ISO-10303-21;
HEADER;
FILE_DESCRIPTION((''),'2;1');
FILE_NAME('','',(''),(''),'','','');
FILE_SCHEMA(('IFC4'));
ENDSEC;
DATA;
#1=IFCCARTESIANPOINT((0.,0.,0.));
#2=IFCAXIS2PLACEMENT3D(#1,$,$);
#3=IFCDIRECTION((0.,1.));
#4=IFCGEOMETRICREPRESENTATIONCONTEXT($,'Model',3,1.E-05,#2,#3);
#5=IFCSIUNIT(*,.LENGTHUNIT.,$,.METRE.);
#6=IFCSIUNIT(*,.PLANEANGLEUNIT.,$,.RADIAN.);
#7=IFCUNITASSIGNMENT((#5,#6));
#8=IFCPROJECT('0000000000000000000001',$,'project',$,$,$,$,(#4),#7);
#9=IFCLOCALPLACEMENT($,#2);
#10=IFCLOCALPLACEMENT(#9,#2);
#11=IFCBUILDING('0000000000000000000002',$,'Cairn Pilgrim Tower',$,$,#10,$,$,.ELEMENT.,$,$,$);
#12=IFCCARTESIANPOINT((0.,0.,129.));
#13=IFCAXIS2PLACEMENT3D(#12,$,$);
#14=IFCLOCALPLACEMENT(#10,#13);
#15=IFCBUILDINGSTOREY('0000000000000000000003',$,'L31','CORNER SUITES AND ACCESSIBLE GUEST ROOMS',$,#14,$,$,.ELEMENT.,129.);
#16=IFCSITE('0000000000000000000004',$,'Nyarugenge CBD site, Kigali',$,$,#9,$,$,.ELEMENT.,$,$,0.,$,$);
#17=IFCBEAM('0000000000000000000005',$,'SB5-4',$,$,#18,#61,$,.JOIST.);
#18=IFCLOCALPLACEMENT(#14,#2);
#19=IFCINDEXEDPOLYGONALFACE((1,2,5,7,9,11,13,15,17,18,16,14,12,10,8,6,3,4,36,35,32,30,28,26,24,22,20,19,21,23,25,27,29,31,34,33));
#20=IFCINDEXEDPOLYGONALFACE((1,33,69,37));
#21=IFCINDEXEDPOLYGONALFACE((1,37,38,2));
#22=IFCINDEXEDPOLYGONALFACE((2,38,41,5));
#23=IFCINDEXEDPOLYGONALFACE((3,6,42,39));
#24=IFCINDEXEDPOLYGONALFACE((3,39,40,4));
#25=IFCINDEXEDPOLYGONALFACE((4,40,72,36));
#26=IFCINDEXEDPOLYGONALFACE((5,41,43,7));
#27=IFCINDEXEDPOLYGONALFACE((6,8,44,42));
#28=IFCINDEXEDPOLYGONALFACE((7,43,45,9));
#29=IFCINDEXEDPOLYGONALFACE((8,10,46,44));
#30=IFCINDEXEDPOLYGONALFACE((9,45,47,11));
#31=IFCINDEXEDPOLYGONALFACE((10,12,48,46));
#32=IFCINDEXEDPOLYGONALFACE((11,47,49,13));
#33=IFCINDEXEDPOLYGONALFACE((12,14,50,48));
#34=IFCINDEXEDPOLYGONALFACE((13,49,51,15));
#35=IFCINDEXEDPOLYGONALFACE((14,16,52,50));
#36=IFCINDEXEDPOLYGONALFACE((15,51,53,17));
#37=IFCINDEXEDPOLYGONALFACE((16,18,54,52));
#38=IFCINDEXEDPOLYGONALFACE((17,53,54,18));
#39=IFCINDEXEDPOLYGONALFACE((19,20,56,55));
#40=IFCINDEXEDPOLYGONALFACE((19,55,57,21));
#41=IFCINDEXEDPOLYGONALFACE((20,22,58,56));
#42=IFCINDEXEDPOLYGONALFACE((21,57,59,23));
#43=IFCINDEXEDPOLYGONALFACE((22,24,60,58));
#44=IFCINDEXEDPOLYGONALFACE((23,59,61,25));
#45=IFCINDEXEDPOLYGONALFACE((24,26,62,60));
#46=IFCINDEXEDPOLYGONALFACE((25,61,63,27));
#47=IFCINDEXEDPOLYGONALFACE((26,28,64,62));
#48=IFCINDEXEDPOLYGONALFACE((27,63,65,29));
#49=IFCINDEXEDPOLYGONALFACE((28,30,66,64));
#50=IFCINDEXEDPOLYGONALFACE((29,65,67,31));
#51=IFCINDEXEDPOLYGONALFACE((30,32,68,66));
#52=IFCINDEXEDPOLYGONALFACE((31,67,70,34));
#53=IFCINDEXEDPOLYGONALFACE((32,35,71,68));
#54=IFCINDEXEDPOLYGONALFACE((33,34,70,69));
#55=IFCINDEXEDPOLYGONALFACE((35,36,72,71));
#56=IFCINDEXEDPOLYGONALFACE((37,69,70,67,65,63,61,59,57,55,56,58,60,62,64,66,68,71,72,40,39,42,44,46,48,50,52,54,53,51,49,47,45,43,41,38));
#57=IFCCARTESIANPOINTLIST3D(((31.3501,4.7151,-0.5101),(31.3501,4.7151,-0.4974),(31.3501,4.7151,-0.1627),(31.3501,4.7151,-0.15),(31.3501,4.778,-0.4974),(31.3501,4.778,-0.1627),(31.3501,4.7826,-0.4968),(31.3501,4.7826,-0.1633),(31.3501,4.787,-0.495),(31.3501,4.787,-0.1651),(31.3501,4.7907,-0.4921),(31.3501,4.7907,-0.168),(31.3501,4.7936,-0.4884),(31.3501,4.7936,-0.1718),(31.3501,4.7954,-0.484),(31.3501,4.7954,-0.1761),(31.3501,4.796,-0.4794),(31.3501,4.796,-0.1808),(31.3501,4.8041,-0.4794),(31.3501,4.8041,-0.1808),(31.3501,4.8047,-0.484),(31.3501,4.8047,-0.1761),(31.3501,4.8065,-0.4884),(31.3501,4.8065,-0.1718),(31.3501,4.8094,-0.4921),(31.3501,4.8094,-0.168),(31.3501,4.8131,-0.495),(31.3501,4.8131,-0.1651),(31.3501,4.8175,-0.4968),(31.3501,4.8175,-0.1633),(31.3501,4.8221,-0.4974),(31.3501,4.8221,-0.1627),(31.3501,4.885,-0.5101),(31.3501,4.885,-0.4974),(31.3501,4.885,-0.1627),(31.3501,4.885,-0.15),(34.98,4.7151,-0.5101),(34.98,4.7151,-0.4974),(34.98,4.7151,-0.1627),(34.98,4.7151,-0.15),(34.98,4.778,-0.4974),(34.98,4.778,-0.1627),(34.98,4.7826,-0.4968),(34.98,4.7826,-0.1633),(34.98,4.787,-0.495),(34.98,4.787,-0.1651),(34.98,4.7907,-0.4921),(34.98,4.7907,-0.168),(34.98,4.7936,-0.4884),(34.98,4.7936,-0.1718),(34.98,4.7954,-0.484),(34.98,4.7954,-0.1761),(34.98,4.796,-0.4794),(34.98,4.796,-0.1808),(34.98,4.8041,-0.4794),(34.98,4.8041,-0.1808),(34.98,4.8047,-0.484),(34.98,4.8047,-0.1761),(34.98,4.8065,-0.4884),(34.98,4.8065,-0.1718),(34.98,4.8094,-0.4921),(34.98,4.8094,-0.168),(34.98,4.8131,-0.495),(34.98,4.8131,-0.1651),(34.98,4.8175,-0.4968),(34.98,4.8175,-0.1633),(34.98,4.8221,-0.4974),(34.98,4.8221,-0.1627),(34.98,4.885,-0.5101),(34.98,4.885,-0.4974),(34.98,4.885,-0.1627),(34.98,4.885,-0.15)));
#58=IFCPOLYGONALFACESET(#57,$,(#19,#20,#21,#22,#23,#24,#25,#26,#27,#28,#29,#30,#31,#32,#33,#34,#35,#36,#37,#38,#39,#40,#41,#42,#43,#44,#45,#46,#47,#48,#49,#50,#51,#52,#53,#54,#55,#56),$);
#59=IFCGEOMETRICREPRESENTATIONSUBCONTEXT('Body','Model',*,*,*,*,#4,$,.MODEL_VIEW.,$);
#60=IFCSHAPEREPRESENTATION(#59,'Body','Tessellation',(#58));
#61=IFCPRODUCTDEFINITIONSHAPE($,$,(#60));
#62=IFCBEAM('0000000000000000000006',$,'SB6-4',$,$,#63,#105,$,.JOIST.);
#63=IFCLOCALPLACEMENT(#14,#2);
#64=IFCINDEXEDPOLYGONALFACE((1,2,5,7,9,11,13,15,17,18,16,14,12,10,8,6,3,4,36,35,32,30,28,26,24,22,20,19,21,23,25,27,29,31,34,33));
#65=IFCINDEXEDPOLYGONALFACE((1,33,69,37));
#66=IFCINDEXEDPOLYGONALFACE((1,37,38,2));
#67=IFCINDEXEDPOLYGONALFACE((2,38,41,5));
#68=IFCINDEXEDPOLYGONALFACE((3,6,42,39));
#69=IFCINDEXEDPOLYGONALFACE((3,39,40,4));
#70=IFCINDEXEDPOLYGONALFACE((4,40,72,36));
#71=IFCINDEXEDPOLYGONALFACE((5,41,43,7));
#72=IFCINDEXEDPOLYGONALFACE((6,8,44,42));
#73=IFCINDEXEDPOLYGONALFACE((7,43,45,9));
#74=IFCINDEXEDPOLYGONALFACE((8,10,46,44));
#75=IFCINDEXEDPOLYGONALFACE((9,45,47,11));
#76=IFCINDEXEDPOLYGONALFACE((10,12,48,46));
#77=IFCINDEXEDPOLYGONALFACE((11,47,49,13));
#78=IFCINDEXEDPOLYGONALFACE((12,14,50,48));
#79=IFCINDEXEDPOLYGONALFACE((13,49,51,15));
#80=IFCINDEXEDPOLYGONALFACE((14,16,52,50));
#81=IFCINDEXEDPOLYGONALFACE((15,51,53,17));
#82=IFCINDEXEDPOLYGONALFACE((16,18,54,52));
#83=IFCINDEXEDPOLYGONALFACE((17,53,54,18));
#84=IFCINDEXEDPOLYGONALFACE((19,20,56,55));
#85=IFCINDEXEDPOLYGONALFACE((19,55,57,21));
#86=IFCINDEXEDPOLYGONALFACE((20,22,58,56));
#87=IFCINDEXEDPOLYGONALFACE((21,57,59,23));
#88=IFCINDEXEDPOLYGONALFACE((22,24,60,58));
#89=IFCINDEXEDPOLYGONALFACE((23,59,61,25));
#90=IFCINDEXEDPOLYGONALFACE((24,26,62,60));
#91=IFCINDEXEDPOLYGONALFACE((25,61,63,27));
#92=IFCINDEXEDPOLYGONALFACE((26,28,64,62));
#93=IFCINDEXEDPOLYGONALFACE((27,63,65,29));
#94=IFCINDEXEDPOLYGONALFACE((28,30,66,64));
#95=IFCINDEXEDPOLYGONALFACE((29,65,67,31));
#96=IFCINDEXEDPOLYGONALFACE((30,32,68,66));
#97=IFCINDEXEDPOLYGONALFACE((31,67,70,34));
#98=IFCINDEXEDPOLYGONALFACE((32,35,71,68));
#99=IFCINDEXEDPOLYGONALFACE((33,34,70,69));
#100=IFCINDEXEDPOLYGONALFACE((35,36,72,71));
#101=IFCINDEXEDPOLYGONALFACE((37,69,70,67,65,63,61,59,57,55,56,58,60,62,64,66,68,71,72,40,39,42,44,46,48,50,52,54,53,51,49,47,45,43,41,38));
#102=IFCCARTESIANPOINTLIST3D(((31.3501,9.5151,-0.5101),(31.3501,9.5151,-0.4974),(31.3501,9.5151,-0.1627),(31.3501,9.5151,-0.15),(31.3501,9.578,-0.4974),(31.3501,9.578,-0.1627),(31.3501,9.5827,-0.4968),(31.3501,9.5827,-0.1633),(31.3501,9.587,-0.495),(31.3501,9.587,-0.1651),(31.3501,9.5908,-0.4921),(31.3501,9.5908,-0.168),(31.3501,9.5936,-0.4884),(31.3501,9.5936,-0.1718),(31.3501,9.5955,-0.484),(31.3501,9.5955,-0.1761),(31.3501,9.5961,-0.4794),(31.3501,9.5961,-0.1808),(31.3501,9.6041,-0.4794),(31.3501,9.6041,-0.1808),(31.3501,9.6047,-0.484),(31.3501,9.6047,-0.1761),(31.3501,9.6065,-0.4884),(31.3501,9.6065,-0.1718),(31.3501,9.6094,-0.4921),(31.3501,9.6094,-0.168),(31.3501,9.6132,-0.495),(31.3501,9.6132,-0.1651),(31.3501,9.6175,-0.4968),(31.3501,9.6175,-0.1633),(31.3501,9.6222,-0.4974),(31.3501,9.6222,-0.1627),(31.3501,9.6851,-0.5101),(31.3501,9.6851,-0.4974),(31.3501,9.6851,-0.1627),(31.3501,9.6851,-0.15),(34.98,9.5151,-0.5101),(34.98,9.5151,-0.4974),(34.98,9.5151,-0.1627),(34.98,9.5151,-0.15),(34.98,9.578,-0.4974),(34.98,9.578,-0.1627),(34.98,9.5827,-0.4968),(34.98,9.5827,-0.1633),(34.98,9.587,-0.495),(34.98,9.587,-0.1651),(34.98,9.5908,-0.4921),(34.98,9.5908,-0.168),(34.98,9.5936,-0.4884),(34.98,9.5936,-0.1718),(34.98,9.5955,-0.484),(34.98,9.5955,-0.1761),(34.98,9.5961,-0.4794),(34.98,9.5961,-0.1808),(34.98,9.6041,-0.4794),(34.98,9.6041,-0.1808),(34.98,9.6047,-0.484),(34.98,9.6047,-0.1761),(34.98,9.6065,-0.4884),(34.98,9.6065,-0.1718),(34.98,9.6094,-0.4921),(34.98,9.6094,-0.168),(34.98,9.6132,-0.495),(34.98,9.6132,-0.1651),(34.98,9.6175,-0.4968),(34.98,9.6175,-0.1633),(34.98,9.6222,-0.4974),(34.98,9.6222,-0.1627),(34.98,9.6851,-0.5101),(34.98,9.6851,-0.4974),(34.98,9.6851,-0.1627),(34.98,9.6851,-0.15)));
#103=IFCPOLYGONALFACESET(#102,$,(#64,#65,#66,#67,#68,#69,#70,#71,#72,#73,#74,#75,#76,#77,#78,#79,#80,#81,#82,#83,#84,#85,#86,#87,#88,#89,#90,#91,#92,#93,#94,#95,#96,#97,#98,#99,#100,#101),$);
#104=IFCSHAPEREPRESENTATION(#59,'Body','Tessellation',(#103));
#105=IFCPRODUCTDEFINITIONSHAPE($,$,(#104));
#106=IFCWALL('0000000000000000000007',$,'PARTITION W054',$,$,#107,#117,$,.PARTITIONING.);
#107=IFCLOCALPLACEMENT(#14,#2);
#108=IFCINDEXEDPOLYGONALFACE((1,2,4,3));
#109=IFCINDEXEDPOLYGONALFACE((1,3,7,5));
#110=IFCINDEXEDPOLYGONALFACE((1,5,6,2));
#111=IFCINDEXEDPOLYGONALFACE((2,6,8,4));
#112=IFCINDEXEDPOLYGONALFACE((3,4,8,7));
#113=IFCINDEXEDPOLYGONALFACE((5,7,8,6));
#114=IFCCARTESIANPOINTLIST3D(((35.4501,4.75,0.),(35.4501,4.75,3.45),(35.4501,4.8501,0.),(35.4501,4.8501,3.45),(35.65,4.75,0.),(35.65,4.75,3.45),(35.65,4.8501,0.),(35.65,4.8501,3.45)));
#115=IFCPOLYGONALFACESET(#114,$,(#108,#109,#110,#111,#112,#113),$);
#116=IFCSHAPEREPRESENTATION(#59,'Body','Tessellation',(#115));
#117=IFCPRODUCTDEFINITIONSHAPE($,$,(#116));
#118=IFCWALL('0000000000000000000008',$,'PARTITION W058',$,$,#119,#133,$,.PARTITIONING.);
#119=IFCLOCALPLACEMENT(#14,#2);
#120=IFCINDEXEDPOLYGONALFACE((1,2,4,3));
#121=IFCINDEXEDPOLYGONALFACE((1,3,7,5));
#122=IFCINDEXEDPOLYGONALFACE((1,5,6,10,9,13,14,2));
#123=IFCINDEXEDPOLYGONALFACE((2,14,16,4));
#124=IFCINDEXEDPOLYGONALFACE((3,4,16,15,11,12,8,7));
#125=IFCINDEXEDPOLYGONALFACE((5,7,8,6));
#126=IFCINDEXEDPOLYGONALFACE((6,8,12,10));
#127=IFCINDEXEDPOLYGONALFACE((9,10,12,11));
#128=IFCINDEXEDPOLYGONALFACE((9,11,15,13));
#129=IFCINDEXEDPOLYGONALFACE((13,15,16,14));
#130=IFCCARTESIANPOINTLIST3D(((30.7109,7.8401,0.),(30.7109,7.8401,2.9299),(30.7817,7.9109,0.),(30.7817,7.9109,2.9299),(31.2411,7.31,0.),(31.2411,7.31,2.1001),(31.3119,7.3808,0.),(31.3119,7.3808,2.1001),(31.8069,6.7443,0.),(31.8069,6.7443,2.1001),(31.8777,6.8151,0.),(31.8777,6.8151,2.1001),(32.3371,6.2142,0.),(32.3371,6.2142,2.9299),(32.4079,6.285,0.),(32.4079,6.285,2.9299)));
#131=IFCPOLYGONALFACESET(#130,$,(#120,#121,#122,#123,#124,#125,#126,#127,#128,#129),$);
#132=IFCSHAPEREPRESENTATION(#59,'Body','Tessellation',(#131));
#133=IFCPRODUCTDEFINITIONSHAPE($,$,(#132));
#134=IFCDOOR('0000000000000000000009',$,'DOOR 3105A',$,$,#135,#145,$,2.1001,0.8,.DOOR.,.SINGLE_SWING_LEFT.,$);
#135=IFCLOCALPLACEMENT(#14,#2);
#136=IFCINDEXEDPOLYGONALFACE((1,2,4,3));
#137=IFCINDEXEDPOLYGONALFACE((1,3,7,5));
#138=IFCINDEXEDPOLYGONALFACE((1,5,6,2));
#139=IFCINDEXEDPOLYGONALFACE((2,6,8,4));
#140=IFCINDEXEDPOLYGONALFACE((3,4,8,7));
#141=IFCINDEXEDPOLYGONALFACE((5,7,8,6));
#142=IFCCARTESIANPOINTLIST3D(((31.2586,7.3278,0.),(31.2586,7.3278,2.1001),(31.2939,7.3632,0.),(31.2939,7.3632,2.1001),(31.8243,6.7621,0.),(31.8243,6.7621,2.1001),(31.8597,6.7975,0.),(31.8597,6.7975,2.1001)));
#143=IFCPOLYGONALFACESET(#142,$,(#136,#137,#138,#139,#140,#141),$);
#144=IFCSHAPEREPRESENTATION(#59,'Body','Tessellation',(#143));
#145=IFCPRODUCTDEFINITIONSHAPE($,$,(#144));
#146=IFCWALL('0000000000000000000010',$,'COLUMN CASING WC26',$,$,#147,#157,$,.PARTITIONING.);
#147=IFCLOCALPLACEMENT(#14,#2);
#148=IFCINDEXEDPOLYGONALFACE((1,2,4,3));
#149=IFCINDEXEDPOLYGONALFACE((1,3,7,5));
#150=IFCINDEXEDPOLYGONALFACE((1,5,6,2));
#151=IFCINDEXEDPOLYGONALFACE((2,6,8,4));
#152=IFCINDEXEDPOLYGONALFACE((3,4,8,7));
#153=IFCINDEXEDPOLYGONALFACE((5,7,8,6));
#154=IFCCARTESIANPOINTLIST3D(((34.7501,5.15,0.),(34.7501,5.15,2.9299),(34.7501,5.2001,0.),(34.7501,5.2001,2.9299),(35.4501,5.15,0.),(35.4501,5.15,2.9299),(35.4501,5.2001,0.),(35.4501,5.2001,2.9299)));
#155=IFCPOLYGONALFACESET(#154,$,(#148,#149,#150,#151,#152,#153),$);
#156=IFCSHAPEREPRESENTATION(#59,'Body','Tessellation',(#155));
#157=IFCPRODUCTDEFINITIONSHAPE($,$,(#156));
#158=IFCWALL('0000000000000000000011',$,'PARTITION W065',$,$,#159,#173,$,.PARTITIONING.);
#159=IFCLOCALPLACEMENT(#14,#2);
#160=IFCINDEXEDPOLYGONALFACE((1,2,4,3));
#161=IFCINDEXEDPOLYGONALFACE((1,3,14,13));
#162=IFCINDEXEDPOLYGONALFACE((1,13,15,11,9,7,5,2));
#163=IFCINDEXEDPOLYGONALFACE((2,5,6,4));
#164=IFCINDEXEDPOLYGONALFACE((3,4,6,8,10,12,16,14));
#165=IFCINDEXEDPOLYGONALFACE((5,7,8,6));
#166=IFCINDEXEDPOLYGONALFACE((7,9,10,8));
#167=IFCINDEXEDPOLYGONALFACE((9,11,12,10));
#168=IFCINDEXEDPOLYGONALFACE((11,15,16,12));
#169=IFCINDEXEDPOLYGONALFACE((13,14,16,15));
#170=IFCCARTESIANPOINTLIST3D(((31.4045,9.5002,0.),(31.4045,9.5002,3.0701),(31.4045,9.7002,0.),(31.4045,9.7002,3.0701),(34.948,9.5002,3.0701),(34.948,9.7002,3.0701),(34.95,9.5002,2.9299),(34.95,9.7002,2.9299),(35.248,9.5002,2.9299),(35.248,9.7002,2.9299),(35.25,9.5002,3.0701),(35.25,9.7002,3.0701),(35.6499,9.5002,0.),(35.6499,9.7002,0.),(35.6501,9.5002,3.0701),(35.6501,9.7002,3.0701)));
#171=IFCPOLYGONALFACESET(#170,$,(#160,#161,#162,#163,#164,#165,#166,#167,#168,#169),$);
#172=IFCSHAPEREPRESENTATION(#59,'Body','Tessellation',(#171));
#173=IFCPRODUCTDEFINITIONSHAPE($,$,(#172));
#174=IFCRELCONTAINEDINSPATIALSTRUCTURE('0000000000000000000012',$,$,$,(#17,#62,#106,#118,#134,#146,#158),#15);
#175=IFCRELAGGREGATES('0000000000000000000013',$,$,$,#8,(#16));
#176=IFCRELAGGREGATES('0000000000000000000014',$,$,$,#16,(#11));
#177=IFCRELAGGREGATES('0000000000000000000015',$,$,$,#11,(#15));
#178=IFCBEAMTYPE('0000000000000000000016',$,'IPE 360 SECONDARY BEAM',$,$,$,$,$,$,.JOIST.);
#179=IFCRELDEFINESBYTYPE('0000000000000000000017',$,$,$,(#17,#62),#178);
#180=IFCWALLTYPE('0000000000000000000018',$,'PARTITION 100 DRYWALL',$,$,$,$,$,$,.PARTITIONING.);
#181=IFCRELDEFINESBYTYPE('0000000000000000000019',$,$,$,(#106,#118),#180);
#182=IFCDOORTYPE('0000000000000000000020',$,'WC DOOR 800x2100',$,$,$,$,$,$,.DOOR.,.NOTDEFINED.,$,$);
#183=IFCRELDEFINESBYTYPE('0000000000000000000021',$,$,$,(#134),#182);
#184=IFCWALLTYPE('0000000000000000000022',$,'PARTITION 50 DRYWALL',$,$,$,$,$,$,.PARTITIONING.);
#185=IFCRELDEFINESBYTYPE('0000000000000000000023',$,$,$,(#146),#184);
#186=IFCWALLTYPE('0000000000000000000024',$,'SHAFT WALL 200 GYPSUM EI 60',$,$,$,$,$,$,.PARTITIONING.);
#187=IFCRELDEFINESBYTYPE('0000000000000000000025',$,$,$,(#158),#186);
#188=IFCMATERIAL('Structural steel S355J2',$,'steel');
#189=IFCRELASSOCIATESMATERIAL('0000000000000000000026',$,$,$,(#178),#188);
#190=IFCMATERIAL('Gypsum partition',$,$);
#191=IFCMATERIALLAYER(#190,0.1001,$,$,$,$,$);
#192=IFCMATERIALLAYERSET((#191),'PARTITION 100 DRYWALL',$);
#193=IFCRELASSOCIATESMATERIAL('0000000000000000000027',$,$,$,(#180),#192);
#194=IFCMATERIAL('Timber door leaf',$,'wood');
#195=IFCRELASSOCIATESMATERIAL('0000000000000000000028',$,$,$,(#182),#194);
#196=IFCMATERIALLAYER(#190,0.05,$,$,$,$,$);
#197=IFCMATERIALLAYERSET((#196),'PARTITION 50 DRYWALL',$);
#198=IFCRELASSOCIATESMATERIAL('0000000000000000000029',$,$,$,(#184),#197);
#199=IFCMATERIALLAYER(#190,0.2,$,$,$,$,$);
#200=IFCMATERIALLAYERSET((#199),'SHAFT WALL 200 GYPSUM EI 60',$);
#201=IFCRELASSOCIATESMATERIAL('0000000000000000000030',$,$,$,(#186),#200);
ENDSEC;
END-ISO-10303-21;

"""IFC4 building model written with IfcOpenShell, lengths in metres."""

from ifc_helpers import new_model, si_unit, direction, frame, frame_2d, origin, origin_2d, place, context, subcontext, project, spatial, polyline, rectangle, i_section, outline, extrude, material, layer, layer_set, material_profile, profile_set, type_object, element, fill, save


model = new_model("IFC4")

# Units and contexts
model_context = context("Model", 3, precision=1e-05, world=origin(), true_north=direction((0.0, 1.0)))
body_context = subcontext(model_context, "Body", "Model", "MODEL_VIEW")
ifc_project = project(units=[si_unit("LENGTHUNIT", "METRE"), si_unit("PLANEANGLEUNIT", "RADIAN")], contexts=[model_context])

# Site, building, storey
site_placement = place(None, origin())
site = spatial("IfcSite", under=ifc_project, at=site_placement, Name="Nyarugenge CBD site, Kigali", CompositionType="ELEMENT", RefElevation=0.0)
building_placement = place(site_placement, origin())
building = spatial("IfcBuilding", under=site, at=building_placement, Name="Cairn Pilgrim Tower", CompositionType="ELEMENT")
storey_placement = place(building_placement, frame((0.0, 0.0, 129.0)))
storey = spatial("IfcBuildingStorey", under=building, at=storey_placement, Name="L31", Description="CORNER SUITES AND ACCESSIBLE GUEST ROOMS", CompositionType="ELEMENT", Elevation=129.0)

# Beams
ifc_material_1 = material(Name="Structural steel S355J2", Category="steel")
ifc_material_profile_1 = material_profile(ifc_material_1, i_section(OverallWidth=0.1699, OverallDepth=0.3601, WebThickness=0.0081, FlangeThickness=0.0127, FilletRadius=0.0181, at=origin_2d()), Name="IPE 360")
ifc_profile_set_1 = profile_set([ifc_material_profile_1], Name="Structural steel S355J2")
beam_type_1 = type_object("IfcBeamType", Name="IPE 360 SECONDARY BEAM", PredefinedType="JOIST", material=ifc_profile_set_1)
for number, where, z_axis, x_axis, name in (
    (1, (31.3501, 4.8, -0.3301), (1.0, 0.0, 0.0), (0.0, 1.0, 0.0), "SB5-4"),
    (2, (31.3501, 9.6001, -0.3301), (1.0, 0.0, 0.0), (0.0, 1.0, 0.0), "SB6-4"),
):
    element("IfcBeam", number, at=place(storey_placement, frame(where, z_axis=z_axis, x_axis=x_axis)), inside=storey, type_object=beam_type_1, Name=name, PredefinedType="JOIST", context=body_context, shape_type="SweptSolid", body=[
        extrude(i_section(OverallWidth=0.1699, OverallDepth=0.3601, WebThickness=0.0081, FlangeThickness=0.0127, FilletRadius=0.0181, at=origin_2d()), origin(), (0.0, 0.0, 1.0), 3.6299),
    ])

# Wall
ifc_material_2 = material(Name="Gypsum partition")
ifc_layer_1 = layer(ifc_material_2, 0.1001)
ifc_layer_set_1 = layer_set([ifc_layer_1], Name="PARTITION 100 DRYWALL")
wall_type_1 = type_object("IfcWallType", Name="PARTITION 100 DRYWALL", PredefinedType="PARTITIONING", material=ifc_layer_set_1)
wall_1_placement = place(storey_placement, frame((35.45, 4.8, 0.0), z_axis=(0.0, 0.0, 1.0), x_axis=(1.0, 0.0, 0.0)))
element("IfcWall", 3, at=wall_1_placement, inside=storey, type_object=wall_type_1, Name="PARTITION W054", PredefinedType="PARTITIONING", context=body_context, shape_type="SweptSolid", body=[
    extrude(rectangle(XDim=0.2, YDim=0.1001, at=frame_2d((0.1001, 0.0))), origin(), (0.0, 0.0, 1.0), 3.45),
])

# Wall, opening, door
wall_2_placement = place(storey_placement, frame((32.3726, 6.2495, 0.0), z_axis=(0.0, 0.0, 1.0), x_axis=(-0.70716, 0.707054, 0.0)))
wall_2 = element("IfcWall", 4, at=wall_2_placement, inside=storey, type_object=wall_type_1, Name="PARTITION W058", PredefinedType="PARTITIONING", context=body_context, shape_type="SweptSolid", body=[
    extrude(rectangle(XDim=2.2996, YDim=0.1001, at=frame_2d((1.1499, 0.0))), origin(), (0.0, 0.0, 1.0), 2.9299),
])
opening_1_placement = place(wall_2_placement, frame((0.75, 0.0, 0.0)))
opening_1 = element("IfcOpeningElement", 5, at=opening_1_placement, cuts=wall_2, PredefinedType="OPENING", context=body_context, shape_type="SweptSolid", body=[
    extrude(rectangle(XDim=0.8, YDim=2.1001, at=frame_2d((0.3999, 1.05))), frame((0.0, 0.0601, 0.0), z_axis=(0.0, -1.0, 0.0), x_axis=(1.0, 0.0, 0.0)), (0.0, 0.0, 1.0), 0.1201),
])
ifc_material_3 = material(Name="Timber door leaf", Category="wood")
door_type_1 = type_object("IfcDoorType", Name="WC DOOR 800x2100", OperationType="NOTDEFINED", PredefinedType="DOOR", material=ifc_material_3)
door_1_placement = place(opening_1_placement, frame((0.8, 0.0, 0.0), z_axis=(0.0, 0.0, 1.0), x_axis=(-1.0, 0.0, 0.0)))
door_1 = element("IfcDoor", 6, at=door_1_placement, inside=storey, type_object=door_type_1, Name="DOOR 3105A", OperationType="SINGLE_SWING_LEFT", OverallHeight=2.1001, OverallWidth=0.8, PredefinedType="DOOR", context=body_context, shape_type="SweptSolid", body=[
    extrude(rectangle(XDim=0.8, YDim=2.1001, at=frame_2d((0.3999, 1.05))), frame((0.0, 0.0249, 0.0), z_axis=(0.0, -1.0, 0.0), x_axis=(1.0, 0.0, 0.0)), (0.0, 0.0, 1.0), 0.05),
])
fill(opening_1, door_1)

# Walls
ifc_layer_2 = layer(ifc_material_2, 0.05)
ifc_layer_set_2 = layer_set([ifc_layer_2], Name="PARTITION 50 DRYWALL")
wall_type_2 = type_object("IfcWallType", Name="PARTITION 50 DRYWALL", PredefinedType="PARTITIONING", material=ifc_layer_set_2)
wall_3_placement = place(storey_placement, frame((34.75, 5.175, 0.0), z_axis=(0.0, 0.0, 1.0), x_axis=(1.0, 0.0, 0.0)))
element("IfcWall", 7, at=wall_3_placement, inside=storey, type_object=wall_type_2, Name="COLUMN CASING WC26", PredefinedType="PARTITIONING", context=body_context, shape_type="SweptSolid", body=[
    extrude(rectangle(XDim=0.7, YDim=0.05, at=frame_2d((0.3501, 0.0))), origin(), (0.0, 0.0, 1.0), 2.9299),
])
ifc_layer_3 = layer(ifc_material_2, 0.2)
ifc_layer_set_3 = layer_set([ifc_layer_3], Name="SHAFT WALL 200 GYPSUM EI 60")
wall_type_3 = type_object("IfcWallType", Name="SHAFT WALL 200 GYPSUM EI 60", PredefinedType="PARTITIONING", material=ifc_layer_set_3)
wall_4_placement = place(storey_placement, frame((31.4045, 9.6001, 0.0), z_axis=(0.0, 0.0, 1.0), x_axis=(1.0, 0.0, 0.0)))
element("IfcWall", 8, at=wall_4_placement, inside=storey, type_object=wall_type_3, Name="PARTITION W065", PredefinedType="PARTITIONING", context=body_context, shape_type="SweptSolid", body=[
    extrude(outline(polyline([(0.0, 0.0), (4.2454, 0.0), (4.2456, 3.0701), (3.8455, 3.0701), (3.8435, 2.9299), (3.5454, 2.9299), (3.5435, 3.0701), (0.0, 3.0701), (0.0, 0.0)])), frame((0.0, 0.1001, 0.0), z_axis=(0.0, -1.0, 0.0), x_axis=(1.0, 0.0, 0.0)), (0.0, 0.0, 1.0), 0.2),
])

save(model, "model.ifc")
